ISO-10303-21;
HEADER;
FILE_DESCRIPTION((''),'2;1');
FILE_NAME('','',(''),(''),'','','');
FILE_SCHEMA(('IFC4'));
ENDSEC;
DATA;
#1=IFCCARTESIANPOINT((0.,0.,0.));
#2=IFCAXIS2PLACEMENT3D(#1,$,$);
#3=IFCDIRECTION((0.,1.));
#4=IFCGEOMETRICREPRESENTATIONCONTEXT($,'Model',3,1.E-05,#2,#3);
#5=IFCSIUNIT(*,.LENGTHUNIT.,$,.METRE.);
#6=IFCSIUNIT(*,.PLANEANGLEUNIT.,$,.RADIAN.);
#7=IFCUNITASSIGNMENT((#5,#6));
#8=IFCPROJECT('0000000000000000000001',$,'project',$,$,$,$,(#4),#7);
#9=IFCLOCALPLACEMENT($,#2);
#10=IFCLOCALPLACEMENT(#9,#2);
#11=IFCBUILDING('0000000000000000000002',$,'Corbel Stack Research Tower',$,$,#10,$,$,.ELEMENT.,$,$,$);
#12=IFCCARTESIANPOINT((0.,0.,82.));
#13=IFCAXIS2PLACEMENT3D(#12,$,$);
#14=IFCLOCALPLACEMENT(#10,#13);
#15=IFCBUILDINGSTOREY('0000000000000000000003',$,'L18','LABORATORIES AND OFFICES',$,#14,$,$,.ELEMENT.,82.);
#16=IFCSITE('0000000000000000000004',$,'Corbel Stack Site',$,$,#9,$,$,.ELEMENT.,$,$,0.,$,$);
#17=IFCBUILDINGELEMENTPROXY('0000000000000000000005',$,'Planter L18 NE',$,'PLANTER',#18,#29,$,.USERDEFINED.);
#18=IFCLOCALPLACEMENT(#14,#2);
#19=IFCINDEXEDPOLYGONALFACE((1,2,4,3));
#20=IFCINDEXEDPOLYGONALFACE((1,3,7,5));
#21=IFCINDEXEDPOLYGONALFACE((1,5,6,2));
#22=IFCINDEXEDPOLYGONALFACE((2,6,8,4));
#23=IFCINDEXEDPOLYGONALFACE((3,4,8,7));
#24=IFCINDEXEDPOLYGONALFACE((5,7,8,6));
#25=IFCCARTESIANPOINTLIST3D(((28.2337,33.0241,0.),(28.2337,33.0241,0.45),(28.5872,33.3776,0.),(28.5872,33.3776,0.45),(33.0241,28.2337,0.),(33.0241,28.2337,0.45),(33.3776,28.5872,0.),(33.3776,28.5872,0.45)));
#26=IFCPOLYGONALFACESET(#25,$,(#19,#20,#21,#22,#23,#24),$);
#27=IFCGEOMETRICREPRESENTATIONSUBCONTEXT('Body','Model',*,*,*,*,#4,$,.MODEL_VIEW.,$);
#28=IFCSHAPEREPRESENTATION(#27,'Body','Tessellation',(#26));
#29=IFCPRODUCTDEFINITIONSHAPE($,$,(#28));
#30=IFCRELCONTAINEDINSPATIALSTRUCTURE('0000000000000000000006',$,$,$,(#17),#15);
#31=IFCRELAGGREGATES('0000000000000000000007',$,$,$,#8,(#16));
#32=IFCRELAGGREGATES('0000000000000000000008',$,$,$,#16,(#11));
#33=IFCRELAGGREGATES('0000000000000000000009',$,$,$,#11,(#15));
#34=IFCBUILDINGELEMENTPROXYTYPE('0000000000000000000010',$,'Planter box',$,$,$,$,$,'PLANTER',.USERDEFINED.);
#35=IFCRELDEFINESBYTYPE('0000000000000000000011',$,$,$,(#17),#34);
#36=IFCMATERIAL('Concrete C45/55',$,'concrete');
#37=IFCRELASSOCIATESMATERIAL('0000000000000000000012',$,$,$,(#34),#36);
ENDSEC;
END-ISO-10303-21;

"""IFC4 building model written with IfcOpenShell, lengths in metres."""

from ifc_helpers import new_model, si_unit, direction, frame, origin, origin_2d, place, context, subcontext, project, spatial, rectangle, extrude, material, type_object, element, save


model = new_model("IFC4")

# Units and contexts
model_context = context("Model", 3, precision=1e-05, world=origin(), true_north=direction((0.0, 1.0)))
body_context = subcontext(model_context, "Body", "Model", "MODEL_VIEW")
ifc_project = project(units=[si_unit("LENGTHUNIT", "METRE"), si_unit("PLANEANGLEUNIT", "RADIAN")], contexts=[model_context])

# Site, building, storey
site_placement = place(None, origin())
site = spatial("IfcSite", under=ifc_project, at=site_placement, Name="Corbel Stack Site", CompositionType="ELEMENT", RefElevation=0.0)
building_placement = place(site_placement, origin())
building = spatial("IfcBuilding", under=site, at=building_placement, Name="Corbel Stack Research Tower", CompositionType="ELEMENT")
storey_placement = place(building_placement, frame((0.0, 0.0, 82.0)))
storey = spatial("IfcBuildingStorey", under=building, at=storey_placement, Name="L18", Description="LABORATORIES AND OFFICES", CompositionType="ELEMENT", Elevation=82.0)

# Building element proxy
ifc_material_1 = material(Name="Concrete C45/55", Category="concrete")
building_element_proxy_type = type_object("IfcBuildingElementProxyType", Name="Planter box", ElementType="PLANTER", PredefinedType="USERDEFINED", material=ifc_material_1)
proxy_placement = place(storey_placement, frame((30.8057, 30.8057, 0.0), z_axis=(0.0, 0.0, 1.0), x_axis=(-0.707107, 0.707107, 0.0)))
element("IfcBuildingElementProxy", 1, at=proxy_placement, inside=storey, type_object=building_element_proxy_type, Name="Planter L18 NE", ObjectType="PLANTER", PredefinedType="USERDEFINED", context=body_context, shape_type="SweptSolid", body=[
    extrude(rectangle(XDim=6.7747, YDim=0.5, at=origin_2d()), origin(), (0.0, 0.0, 1.0), 0.45),
])

save(model, "model.ifc")
